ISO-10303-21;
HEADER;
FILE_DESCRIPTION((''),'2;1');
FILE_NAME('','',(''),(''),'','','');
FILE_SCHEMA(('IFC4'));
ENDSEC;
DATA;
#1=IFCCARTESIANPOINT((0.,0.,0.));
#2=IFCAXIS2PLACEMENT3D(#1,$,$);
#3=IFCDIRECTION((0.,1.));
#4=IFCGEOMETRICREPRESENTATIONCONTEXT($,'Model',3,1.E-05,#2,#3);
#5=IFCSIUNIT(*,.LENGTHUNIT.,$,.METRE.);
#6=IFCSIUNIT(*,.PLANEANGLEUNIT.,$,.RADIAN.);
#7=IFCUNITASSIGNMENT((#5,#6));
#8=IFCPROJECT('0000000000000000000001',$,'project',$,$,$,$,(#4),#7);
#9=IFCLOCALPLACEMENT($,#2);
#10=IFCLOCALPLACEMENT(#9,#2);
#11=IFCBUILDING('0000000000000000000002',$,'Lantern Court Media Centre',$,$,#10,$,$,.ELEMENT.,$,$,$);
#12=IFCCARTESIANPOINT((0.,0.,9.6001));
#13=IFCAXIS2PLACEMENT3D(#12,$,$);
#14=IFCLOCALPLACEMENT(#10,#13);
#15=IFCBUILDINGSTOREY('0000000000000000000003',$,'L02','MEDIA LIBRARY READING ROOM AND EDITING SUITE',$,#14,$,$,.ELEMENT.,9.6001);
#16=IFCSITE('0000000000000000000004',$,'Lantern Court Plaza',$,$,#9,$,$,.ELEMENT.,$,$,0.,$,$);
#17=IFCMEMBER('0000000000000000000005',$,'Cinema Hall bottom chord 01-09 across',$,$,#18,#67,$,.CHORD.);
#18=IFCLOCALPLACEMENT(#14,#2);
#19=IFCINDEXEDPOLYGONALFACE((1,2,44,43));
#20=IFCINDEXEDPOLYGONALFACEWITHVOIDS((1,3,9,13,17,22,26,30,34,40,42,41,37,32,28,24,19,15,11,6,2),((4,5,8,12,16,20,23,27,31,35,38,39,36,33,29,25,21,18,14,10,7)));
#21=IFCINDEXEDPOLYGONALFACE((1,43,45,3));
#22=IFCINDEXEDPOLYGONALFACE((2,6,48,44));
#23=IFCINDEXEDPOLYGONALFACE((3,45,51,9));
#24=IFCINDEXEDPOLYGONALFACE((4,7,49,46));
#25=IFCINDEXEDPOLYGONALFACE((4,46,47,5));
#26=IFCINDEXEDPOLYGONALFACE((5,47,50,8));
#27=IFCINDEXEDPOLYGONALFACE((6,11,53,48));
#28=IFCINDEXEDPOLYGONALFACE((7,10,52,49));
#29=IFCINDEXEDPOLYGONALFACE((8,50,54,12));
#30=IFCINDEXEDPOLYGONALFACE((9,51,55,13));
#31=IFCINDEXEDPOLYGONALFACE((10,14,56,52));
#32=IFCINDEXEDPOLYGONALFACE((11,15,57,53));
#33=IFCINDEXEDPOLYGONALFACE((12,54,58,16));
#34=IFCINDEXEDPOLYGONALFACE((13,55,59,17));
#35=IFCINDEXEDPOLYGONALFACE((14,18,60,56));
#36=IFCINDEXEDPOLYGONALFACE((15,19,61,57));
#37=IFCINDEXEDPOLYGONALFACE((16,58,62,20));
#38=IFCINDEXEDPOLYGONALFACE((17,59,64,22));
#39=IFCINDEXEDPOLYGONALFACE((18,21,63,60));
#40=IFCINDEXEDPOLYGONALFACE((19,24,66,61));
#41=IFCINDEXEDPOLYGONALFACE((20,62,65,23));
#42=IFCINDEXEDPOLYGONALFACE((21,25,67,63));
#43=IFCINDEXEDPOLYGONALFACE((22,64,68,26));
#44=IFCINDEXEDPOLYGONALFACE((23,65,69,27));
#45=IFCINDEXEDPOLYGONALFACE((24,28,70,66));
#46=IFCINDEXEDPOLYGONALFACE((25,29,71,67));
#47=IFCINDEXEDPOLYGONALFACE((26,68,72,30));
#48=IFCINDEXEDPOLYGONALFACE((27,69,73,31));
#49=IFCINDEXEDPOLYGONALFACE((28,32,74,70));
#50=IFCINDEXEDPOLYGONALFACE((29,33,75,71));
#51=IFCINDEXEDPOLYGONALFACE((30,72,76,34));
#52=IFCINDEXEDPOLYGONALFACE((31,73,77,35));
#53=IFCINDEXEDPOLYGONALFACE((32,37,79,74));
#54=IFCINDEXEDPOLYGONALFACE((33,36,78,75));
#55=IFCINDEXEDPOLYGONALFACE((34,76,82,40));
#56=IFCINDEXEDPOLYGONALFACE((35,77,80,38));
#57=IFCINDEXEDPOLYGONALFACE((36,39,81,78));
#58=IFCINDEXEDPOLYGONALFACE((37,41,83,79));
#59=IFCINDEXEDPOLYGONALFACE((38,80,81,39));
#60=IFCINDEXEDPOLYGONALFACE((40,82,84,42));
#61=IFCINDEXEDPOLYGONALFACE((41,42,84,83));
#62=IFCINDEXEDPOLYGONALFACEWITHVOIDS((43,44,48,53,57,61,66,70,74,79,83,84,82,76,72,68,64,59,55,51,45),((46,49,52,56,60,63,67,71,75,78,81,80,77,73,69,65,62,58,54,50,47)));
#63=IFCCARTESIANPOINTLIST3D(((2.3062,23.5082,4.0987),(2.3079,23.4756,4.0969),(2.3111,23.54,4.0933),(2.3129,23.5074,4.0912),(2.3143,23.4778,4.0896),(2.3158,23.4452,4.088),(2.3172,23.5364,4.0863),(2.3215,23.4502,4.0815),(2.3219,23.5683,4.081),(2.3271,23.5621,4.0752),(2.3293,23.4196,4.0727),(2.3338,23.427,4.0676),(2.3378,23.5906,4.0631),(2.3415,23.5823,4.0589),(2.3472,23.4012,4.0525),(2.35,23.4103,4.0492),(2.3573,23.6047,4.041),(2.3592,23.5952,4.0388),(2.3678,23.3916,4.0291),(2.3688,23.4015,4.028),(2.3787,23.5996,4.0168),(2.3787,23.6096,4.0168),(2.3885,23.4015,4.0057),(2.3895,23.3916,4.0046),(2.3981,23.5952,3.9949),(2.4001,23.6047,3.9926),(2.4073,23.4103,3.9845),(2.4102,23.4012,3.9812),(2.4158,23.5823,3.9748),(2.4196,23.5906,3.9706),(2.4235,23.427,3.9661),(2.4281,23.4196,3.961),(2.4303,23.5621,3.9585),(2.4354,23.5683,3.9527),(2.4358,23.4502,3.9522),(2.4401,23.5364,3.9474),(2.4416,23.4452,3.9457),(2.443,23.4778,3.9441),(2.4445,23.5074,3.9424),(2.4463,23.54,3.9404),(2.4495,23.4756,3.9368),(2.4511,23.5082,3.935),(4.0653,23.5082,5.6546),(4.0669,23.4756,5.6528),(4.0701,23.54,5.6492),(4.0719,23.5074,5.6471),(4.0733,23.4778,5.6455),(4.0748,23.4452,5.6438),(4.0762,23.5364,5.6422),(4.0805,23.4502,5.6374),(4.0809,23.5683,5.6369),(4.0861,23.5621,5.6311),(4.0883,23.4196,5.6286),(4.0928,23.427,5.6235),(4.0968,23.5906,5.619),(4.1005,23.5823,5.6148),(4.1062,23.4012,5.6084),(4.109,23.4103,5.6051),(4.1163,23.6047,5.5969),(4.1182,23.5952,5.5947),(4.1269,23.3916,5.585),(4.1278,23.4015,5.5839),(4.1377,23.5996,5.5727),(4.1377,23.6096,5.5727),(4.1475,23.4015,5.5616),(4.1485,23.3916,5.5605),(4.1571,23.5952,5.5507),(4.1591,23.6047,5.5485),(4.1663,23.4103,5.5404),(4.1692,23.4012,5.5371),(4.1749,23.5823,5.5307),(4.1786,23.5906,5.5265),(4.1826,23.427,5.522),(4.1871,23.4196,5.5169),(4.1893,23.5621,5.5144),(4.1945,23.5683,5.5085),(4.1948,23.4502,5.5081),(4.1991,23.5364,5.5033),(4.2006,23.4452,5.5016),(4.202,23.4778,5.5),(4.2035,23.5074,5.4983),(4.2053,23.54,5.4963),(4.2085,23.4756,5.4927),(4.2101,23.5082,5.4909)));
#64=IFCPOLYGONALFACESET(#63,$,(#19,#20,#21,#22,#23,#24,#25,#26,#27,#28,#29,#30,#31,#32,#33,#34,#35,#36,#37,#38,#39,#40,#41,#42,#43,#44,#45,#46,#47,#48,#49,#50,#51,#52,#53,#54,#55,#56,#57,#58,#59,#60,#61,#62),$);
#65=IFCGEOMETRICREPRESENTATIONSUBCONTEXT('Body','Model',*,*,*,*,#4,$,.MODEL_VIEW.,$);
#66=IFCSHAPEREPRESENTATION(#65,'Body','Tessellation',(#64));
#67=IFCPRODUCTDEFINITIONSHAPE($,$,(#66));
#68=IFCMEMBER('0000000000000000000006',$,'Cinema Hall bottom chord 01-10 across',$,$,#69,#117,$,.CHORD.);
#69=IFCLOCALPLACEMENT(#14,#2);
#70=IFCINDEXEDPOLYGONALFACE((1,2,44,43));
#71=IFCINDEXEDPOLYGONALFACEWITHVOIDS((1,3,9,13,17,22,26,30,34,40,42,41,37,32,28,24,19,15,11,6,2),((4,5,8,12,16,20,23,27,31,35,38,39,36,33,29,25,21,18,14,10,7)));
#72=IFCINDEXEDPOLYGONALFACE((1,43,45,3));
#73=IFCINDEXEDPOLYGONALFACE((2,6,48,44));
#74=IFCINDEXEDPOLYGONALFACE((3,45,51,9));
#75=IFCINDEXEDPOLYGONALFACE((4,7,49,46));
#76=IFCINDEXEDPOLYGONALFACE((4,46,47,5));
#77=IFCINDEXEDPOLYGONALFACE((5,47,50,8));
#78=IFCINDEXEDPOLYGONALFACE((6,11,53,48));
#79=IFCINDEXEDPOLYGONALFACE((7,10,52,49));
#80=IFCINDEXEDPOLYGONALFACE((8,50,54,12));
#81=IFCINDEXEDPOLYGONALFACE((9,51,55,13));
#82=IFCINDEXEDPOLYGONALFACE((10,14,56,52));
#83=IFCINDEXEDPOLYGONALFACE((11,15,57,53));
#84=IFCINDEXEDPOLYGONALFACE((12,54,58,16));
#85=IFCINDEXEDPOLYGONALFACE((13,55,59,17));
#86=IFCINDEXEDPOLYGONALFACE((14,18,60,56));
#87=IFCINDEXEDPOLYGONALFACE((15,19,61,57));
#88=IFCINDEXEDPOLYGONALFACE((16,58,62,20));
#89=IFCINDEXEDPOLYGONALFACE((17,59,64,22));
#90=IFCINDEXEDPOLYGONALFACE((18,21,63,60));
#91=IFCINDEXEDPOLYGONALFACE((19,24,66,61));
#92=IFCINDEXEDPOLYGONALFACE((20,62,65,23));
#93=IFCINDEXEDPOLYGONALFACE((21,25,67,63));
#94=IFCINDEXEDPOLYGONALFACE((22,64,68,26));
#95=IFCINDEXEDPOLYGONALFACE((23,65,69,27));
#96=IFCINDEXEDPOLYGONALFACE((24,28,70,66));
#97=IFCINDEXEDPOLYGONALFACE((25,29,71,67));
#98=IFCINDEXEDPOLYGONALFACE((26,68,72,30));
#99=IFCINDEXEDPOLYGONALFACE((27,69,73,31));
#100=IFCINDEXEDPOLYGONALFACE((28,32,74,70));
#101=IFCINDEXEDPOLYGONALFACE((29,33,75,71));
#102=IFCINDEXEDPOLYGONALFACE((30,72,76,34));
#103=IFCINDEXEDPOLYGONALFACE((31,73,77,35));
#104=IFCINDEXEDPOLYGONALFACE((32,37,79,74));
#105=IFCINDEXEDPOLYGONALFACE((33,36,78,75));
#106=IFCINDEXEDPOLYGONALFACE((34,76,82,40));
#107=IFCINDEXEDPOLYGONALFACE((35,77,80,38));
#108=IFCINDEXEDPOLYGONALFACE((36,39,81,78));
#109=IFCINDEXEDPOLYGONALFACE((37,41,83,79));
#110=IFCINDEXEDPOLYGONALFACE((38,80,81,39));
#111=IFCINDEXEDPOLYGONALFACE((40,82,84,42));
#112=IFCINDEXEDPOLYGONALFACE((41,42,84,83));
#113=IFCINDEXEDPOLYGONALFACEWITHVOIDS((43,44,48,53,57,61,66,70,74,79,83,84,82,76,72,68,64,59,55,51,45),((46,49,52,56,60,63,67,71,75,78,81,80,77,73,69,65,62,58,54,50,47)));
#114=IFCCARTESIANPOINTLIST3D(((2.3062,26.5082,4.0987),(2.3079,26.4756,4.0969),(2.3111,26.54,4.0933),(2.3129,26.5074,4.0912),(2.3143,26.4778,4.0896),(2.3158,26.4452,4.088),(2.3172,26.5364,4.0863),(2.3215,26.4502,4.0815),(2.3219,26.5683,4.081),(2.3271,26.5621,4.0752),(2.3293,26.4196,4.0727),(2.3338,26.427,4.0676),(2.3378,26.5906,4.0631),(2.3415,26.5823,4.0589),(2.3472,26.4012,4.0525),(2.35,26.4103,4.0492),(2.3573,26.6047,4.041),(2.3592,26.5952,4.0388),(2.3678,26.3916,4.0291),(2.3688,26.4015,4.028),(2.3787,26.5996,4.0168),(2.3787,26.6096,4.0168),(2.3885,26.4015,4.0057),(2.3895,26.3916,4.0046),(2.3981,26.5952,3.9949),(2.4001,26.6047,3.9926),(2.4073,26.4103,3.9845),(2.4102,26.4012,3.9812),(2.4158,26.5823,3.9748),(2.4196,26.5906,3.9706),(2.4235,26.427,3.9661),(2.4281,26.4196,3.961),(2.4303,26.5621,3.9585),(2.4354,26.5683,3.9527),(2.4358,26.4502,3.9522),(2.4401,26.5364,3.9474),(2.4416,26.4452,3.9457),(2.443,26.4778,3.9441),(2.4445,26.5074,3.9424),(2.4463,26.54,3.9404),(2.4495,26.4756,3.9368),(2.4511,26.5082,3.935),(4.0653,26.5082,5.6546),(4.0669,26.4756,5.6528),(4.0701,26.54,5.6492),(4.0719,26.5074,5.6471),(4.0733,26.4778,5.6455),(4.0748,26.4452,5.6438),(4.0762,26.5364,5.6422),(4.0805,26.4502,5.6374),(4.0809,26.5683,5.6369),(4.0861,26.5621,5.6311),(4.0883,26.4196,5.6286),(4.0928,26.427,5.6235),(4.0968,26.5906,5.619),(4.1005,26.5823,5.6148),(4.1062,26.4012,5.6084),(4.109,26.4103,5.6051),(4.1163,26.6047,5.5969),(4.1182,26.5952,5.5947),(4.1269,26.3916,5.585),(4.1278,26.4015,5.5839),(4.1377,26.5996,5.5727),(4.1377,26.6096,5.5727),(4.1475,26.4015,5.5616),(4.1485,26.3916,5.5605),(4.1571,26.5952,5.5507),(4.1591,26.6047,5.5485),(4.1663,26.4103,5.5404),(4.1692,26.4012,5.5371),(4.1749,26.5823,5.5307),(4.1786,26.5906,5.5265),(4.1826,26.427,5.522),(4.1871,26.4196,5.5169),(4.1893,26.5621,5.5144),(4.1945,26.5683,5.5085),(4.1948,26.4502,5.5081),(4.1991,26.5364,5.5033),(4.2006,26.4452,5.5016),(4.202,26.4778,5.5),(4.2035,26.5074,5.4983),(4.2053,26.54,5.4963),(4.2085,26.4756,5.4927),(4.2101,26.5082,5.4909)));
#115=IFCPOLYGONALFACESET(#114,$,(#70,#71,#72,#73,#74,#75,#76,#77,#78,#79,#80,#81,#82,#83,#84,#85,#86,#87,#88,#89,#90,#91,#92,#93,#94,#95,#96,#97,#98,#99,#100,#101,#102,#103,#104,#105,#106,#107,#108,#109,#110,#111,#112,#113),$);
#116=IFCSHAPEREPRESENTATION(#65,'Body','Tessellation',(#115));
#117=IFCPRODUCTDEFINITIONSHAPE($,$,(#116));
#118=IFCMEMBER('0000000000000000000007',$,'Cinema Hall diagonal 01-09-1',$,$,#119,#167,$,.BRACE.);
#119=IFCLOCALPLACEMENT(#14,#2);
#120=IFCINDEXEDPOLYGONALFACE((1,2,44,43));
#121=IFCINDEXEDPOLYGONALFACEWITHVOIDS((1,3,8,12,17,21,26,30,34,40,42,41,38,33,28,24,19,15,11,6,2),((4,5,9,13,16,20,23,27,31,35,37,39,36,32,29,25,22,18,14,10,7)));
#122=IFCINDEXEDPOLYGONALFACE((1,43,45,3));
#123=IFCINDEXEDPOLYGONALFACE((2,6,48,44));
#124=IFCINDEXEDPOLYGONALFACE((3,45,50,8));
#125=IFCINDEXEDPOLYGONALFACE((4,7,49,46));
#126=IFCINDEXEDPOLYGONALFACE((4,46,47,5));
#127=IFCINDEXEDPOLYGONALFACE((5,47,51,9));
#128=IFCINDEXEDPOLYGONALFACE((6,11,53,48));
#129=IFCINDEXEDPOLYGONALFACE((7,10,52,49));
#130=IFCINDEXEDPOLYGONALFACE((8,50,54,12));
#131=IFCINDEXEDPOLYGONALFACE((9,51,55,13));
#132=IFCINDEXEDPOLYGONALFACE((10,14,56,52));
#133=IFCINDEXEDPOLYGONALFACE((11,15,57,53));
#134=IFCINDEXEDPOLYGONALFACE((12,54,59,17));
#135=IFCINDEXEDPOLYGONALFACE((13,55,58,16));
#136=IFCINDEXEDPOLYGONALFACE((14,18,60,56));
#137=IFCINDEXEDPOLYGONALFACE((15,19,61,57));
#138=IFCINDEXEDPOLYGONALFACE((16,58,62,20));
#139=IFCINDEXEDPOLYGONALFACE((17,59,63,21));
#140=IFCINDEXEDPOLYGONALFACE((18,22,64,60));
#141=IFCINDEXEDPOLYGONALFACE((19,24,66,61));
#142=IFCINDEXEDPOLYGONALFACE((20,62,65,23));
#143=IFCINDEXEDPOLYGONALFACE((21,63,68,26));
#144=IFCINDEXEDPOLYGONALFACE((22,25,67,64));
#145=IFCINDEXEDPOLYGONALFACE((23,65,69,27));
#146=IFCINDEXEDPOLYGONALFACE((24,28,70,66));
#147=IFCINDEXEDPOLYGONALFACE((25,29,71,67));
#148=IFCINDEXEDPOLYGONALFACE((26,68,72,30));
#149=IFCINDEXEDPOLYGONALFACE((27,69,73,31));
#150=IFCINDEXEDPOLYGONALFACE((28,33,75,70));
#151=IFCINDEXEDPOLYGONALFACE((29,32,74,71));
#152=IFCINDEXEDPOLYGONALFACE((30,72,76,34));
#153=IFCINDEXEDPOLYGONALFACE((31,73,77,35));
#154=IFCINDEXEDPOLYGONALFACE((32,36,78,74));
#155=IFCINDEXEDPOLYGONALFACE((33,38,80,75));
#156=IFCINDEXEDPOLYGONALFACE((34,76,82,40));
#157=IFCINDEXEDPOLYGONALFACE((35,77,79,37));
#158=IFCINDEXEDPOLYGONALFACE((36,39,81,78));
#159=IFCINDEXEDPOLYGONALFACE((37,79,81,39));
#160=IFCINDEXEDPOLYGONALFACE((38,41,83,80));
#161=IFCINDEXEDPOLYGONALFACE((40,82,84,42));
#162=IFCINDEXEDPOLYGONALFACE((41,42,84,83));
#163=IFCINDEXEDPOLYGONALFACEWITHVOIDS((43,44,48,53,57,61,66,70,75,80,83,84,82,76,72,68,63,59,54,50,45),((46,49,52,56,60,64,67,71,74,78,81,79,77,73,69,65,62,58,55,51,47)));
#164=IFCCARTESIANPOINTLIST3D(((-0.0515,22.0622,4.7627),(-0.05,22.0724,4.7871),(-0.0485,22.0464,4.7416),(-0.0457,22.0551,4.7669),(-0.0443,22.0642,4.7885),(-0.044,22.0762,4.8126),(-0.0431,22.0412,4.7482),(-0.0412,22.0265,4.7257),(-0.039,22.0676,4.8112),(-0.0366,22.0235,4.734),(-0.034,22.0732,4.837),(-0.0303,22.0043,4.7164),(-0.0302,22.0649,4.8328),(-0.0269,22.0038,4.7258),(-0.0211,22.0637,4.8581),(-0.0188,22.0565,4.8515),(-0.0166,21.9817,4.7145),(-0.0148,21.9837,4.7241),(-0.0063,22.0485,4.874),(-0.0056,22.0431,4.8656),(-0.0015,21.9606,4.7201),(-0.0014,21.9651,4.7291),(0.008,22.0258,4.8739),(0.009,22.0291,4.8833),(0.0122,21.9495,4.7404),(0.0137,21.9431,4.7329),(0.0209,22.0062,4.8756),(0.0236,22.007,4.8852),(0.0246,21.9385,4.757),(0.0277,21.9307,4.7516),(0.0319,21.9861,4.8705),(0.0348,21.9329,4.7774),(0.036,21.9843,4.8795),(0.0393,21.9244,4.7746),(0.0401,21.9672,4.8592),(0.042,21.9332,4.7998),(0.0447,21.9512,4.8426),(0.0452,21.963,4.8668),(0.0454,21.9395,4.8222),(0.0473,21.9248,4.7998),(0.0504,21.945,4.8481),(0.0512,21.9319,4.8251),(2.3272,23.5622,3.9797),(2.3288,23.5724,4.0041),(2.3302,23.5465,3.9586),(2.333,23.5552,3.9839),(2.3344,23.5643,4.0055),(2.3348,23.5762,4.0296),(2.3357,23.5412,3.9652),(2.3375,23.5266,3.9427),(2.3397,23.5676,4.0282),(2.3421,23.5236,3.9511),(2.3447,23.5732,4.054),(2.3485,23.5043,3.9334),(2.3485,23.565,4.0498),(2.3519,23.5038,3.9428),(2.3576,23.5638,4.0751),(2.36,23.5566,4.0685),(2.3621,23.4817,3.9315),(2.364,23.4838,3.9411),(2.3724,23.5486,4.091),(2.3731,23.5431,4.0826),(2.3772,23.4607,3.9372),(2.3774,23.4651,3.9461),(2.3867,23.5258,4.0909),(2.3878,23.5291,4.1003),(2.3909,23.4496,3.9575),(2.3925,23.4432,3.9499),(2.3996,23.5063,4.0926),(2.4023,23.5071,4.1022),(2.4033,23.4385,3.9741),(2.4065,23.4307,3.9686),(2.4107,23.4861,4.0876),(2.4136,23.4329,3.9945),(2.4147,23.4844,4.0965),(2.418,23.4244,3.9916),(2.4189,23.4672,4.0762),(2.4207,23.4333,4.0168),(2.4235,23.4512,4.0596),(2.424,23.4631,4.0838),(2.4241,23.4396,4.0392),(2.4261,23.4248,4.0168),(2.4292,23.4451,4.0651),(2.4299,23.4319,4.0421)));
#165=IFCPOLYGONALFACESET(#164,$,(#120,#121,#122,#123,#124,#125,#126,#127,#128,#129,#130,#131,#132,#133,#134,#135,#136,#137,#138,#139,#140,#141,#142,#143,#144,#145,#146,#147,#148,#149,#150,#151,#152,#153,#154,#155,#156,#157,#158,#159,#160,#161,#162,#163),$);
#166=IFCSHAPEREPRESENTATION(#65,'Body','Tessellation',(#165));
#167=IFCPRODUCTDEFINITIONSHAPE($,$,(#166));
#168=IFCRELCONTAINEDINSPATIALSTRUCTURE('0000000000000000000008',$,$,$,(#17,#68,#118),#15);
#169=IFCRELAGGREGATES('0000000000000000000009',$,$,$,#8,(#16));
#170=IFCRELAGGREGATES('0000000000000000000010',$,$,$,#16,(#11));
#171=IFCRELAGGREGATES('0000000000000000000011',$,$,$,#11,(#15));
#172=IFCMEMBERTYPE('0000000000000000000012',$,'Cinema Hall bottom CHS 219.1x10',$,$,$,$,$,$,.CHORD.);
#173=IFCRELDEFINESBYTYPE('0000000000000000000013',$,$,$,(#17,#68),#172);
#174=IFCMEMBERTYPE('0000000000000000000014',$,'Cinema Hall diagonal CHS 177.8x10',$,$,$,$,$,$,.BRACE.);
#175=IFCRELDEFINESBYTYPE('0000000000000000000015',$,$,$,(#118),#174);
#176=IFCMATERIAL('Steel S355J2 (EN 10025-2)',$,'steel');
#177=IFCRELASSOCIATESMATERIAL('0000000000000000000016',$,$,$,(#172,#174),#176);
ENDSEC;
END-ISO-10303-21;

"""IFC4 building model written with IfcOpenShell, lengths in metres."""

from ifc_helpers import new_model, si_unit, direction, frame, origin, origin_2d, place, context, subcontext, project, spatial, hollow_circle, extrude, material, material_profile, profile_set, type_object, element, save


model = new_model("IFC4")

# Units and contexts
model_context = context("Model", 3, precision=1e-05, world=origin(), true_north=direction((0.0, 1.0)))
body_context = subcontext(model_context, "Body", "Model", "MODEL_VIEW")
ifc_project = project(units=[si_unit("LENGTHUNIT", "METRE"), si_unit("PLANEANGLEUNIT", "RADIAN")], contexts=[model_context])

# Site, building, storey
site_placement = place(None, origin())
site = spatial("IfcSite", under=ifc_project, at=site_placement, Name="Lantern Court Plaza", CompositionType="ELEMENT", RefElevation=0.0)
building_placement = place(site_placement, origin())
building = spatial("IfcBuilding", under=site, at=building_placement, Name="Lantern Court Media Centre", CompositionType="ELEMENT")
storey_placement = place(building_placement, frame((0.0, 0.0, 9.6001)))
storey = spatial("IfcBuildingStorey", under=building, at=storey_placement, Name="L02", Description="MEDIA LIBRARY READING ROOM AND EDITING SUITE", CompositionType="ELEMENT", Elevation=9.6001)

# Shared definitions
ifc_material_1 = material(Name="Steel S355J2 (EN 10025-2)", Category="steel")

# Members
ifc_material_profile_1 = material_profile(ifc_material_1, hollow_circle(Radius=0.1096, WallThickness=0.01, at=origin_2d()), Name="Cinema Hall bottom CHS 219.1x10")
ifc_profile_set_1 = profile_set([ifc_material_profile_1], Name="Steel S355J2 (EN 10025-2)")
member_type_1 = type_object("IfcMemberType", Name="Cinema Hall bottom CHS 219.1x10", PredefinedType="CHORD", material=ifc_profile_set_1)
for number, where, z_axis, x_axis, name in (
    (1, (2.3787, 23.5, 4.0168), (0.74903, 0.0, 0.662536), (0.0, 1.0, 0.0), "Cinema Hall bottom chord 01-09 across"),
    (2, (2.3787, 26.5, 4.0168), (0.74903, 0.0, 0.662536), (0.0, 1.0, 0.0), "Cinema Hall bottom chord 01-10 across"),
):
    element("IfcMember", number, at=place(storey_placement, frame(where, z_axis=z_axis, x_axis=x_axis)), inside=storey, type_object=member_type_1, Name=name, PredefinedType="CHORD", context=body_context, shape_type="SweptSolid", body=[
        extrude(hollow_circle(Radius=0.1096, WallThickness=0.01, at=origin_2d()), origin(), (0.0, 0.0, 1.0), 2.3484),
    ])
ifc_material_profile_2 = material_profile(ifc_material_1, hollow_circle(Radius=0.0889, WallThickness=0.01, at=origin_2d()), Name="Cinema Hall diagonal CHS 177.8x10")
ifc_profile_set_2 = profile_set([ifc_material_profile_2], Name="Steel S355J2 (EN 10025-2)")
member_type_2 = type_object("IfcMemberType", Name="Cinema Hall diagonal CHS 177.8x10", PredefinedType="BRACE", material=ifc_profile_set_2)
for number, where, z_axis, x_axis, name in (
    (3, (2.3787, 23.5, 4.0168), (-0.814866, -0.51386, 0.268221), (0.533405, -0.84586, 0.0), "Cinema Hall diagonal 01-09-1"),
):
    element("IfcMember", number, at=place(storey_placement, frame(where, z_axis=z_axis, x_axis=x_axis)), inside=storey, type_object=member_type_2, Name=name, PredefinedType="BRACE", context=body_context, shape_type="SweptSolid", body=[
        extrude(hollow_circle(Radius=0.0889, WallThickness=0.01, at=origin_2d()), origin(), (0.0, 0.0, 1.0), 2.9192),
    ])

save(model, "model.ifc")
